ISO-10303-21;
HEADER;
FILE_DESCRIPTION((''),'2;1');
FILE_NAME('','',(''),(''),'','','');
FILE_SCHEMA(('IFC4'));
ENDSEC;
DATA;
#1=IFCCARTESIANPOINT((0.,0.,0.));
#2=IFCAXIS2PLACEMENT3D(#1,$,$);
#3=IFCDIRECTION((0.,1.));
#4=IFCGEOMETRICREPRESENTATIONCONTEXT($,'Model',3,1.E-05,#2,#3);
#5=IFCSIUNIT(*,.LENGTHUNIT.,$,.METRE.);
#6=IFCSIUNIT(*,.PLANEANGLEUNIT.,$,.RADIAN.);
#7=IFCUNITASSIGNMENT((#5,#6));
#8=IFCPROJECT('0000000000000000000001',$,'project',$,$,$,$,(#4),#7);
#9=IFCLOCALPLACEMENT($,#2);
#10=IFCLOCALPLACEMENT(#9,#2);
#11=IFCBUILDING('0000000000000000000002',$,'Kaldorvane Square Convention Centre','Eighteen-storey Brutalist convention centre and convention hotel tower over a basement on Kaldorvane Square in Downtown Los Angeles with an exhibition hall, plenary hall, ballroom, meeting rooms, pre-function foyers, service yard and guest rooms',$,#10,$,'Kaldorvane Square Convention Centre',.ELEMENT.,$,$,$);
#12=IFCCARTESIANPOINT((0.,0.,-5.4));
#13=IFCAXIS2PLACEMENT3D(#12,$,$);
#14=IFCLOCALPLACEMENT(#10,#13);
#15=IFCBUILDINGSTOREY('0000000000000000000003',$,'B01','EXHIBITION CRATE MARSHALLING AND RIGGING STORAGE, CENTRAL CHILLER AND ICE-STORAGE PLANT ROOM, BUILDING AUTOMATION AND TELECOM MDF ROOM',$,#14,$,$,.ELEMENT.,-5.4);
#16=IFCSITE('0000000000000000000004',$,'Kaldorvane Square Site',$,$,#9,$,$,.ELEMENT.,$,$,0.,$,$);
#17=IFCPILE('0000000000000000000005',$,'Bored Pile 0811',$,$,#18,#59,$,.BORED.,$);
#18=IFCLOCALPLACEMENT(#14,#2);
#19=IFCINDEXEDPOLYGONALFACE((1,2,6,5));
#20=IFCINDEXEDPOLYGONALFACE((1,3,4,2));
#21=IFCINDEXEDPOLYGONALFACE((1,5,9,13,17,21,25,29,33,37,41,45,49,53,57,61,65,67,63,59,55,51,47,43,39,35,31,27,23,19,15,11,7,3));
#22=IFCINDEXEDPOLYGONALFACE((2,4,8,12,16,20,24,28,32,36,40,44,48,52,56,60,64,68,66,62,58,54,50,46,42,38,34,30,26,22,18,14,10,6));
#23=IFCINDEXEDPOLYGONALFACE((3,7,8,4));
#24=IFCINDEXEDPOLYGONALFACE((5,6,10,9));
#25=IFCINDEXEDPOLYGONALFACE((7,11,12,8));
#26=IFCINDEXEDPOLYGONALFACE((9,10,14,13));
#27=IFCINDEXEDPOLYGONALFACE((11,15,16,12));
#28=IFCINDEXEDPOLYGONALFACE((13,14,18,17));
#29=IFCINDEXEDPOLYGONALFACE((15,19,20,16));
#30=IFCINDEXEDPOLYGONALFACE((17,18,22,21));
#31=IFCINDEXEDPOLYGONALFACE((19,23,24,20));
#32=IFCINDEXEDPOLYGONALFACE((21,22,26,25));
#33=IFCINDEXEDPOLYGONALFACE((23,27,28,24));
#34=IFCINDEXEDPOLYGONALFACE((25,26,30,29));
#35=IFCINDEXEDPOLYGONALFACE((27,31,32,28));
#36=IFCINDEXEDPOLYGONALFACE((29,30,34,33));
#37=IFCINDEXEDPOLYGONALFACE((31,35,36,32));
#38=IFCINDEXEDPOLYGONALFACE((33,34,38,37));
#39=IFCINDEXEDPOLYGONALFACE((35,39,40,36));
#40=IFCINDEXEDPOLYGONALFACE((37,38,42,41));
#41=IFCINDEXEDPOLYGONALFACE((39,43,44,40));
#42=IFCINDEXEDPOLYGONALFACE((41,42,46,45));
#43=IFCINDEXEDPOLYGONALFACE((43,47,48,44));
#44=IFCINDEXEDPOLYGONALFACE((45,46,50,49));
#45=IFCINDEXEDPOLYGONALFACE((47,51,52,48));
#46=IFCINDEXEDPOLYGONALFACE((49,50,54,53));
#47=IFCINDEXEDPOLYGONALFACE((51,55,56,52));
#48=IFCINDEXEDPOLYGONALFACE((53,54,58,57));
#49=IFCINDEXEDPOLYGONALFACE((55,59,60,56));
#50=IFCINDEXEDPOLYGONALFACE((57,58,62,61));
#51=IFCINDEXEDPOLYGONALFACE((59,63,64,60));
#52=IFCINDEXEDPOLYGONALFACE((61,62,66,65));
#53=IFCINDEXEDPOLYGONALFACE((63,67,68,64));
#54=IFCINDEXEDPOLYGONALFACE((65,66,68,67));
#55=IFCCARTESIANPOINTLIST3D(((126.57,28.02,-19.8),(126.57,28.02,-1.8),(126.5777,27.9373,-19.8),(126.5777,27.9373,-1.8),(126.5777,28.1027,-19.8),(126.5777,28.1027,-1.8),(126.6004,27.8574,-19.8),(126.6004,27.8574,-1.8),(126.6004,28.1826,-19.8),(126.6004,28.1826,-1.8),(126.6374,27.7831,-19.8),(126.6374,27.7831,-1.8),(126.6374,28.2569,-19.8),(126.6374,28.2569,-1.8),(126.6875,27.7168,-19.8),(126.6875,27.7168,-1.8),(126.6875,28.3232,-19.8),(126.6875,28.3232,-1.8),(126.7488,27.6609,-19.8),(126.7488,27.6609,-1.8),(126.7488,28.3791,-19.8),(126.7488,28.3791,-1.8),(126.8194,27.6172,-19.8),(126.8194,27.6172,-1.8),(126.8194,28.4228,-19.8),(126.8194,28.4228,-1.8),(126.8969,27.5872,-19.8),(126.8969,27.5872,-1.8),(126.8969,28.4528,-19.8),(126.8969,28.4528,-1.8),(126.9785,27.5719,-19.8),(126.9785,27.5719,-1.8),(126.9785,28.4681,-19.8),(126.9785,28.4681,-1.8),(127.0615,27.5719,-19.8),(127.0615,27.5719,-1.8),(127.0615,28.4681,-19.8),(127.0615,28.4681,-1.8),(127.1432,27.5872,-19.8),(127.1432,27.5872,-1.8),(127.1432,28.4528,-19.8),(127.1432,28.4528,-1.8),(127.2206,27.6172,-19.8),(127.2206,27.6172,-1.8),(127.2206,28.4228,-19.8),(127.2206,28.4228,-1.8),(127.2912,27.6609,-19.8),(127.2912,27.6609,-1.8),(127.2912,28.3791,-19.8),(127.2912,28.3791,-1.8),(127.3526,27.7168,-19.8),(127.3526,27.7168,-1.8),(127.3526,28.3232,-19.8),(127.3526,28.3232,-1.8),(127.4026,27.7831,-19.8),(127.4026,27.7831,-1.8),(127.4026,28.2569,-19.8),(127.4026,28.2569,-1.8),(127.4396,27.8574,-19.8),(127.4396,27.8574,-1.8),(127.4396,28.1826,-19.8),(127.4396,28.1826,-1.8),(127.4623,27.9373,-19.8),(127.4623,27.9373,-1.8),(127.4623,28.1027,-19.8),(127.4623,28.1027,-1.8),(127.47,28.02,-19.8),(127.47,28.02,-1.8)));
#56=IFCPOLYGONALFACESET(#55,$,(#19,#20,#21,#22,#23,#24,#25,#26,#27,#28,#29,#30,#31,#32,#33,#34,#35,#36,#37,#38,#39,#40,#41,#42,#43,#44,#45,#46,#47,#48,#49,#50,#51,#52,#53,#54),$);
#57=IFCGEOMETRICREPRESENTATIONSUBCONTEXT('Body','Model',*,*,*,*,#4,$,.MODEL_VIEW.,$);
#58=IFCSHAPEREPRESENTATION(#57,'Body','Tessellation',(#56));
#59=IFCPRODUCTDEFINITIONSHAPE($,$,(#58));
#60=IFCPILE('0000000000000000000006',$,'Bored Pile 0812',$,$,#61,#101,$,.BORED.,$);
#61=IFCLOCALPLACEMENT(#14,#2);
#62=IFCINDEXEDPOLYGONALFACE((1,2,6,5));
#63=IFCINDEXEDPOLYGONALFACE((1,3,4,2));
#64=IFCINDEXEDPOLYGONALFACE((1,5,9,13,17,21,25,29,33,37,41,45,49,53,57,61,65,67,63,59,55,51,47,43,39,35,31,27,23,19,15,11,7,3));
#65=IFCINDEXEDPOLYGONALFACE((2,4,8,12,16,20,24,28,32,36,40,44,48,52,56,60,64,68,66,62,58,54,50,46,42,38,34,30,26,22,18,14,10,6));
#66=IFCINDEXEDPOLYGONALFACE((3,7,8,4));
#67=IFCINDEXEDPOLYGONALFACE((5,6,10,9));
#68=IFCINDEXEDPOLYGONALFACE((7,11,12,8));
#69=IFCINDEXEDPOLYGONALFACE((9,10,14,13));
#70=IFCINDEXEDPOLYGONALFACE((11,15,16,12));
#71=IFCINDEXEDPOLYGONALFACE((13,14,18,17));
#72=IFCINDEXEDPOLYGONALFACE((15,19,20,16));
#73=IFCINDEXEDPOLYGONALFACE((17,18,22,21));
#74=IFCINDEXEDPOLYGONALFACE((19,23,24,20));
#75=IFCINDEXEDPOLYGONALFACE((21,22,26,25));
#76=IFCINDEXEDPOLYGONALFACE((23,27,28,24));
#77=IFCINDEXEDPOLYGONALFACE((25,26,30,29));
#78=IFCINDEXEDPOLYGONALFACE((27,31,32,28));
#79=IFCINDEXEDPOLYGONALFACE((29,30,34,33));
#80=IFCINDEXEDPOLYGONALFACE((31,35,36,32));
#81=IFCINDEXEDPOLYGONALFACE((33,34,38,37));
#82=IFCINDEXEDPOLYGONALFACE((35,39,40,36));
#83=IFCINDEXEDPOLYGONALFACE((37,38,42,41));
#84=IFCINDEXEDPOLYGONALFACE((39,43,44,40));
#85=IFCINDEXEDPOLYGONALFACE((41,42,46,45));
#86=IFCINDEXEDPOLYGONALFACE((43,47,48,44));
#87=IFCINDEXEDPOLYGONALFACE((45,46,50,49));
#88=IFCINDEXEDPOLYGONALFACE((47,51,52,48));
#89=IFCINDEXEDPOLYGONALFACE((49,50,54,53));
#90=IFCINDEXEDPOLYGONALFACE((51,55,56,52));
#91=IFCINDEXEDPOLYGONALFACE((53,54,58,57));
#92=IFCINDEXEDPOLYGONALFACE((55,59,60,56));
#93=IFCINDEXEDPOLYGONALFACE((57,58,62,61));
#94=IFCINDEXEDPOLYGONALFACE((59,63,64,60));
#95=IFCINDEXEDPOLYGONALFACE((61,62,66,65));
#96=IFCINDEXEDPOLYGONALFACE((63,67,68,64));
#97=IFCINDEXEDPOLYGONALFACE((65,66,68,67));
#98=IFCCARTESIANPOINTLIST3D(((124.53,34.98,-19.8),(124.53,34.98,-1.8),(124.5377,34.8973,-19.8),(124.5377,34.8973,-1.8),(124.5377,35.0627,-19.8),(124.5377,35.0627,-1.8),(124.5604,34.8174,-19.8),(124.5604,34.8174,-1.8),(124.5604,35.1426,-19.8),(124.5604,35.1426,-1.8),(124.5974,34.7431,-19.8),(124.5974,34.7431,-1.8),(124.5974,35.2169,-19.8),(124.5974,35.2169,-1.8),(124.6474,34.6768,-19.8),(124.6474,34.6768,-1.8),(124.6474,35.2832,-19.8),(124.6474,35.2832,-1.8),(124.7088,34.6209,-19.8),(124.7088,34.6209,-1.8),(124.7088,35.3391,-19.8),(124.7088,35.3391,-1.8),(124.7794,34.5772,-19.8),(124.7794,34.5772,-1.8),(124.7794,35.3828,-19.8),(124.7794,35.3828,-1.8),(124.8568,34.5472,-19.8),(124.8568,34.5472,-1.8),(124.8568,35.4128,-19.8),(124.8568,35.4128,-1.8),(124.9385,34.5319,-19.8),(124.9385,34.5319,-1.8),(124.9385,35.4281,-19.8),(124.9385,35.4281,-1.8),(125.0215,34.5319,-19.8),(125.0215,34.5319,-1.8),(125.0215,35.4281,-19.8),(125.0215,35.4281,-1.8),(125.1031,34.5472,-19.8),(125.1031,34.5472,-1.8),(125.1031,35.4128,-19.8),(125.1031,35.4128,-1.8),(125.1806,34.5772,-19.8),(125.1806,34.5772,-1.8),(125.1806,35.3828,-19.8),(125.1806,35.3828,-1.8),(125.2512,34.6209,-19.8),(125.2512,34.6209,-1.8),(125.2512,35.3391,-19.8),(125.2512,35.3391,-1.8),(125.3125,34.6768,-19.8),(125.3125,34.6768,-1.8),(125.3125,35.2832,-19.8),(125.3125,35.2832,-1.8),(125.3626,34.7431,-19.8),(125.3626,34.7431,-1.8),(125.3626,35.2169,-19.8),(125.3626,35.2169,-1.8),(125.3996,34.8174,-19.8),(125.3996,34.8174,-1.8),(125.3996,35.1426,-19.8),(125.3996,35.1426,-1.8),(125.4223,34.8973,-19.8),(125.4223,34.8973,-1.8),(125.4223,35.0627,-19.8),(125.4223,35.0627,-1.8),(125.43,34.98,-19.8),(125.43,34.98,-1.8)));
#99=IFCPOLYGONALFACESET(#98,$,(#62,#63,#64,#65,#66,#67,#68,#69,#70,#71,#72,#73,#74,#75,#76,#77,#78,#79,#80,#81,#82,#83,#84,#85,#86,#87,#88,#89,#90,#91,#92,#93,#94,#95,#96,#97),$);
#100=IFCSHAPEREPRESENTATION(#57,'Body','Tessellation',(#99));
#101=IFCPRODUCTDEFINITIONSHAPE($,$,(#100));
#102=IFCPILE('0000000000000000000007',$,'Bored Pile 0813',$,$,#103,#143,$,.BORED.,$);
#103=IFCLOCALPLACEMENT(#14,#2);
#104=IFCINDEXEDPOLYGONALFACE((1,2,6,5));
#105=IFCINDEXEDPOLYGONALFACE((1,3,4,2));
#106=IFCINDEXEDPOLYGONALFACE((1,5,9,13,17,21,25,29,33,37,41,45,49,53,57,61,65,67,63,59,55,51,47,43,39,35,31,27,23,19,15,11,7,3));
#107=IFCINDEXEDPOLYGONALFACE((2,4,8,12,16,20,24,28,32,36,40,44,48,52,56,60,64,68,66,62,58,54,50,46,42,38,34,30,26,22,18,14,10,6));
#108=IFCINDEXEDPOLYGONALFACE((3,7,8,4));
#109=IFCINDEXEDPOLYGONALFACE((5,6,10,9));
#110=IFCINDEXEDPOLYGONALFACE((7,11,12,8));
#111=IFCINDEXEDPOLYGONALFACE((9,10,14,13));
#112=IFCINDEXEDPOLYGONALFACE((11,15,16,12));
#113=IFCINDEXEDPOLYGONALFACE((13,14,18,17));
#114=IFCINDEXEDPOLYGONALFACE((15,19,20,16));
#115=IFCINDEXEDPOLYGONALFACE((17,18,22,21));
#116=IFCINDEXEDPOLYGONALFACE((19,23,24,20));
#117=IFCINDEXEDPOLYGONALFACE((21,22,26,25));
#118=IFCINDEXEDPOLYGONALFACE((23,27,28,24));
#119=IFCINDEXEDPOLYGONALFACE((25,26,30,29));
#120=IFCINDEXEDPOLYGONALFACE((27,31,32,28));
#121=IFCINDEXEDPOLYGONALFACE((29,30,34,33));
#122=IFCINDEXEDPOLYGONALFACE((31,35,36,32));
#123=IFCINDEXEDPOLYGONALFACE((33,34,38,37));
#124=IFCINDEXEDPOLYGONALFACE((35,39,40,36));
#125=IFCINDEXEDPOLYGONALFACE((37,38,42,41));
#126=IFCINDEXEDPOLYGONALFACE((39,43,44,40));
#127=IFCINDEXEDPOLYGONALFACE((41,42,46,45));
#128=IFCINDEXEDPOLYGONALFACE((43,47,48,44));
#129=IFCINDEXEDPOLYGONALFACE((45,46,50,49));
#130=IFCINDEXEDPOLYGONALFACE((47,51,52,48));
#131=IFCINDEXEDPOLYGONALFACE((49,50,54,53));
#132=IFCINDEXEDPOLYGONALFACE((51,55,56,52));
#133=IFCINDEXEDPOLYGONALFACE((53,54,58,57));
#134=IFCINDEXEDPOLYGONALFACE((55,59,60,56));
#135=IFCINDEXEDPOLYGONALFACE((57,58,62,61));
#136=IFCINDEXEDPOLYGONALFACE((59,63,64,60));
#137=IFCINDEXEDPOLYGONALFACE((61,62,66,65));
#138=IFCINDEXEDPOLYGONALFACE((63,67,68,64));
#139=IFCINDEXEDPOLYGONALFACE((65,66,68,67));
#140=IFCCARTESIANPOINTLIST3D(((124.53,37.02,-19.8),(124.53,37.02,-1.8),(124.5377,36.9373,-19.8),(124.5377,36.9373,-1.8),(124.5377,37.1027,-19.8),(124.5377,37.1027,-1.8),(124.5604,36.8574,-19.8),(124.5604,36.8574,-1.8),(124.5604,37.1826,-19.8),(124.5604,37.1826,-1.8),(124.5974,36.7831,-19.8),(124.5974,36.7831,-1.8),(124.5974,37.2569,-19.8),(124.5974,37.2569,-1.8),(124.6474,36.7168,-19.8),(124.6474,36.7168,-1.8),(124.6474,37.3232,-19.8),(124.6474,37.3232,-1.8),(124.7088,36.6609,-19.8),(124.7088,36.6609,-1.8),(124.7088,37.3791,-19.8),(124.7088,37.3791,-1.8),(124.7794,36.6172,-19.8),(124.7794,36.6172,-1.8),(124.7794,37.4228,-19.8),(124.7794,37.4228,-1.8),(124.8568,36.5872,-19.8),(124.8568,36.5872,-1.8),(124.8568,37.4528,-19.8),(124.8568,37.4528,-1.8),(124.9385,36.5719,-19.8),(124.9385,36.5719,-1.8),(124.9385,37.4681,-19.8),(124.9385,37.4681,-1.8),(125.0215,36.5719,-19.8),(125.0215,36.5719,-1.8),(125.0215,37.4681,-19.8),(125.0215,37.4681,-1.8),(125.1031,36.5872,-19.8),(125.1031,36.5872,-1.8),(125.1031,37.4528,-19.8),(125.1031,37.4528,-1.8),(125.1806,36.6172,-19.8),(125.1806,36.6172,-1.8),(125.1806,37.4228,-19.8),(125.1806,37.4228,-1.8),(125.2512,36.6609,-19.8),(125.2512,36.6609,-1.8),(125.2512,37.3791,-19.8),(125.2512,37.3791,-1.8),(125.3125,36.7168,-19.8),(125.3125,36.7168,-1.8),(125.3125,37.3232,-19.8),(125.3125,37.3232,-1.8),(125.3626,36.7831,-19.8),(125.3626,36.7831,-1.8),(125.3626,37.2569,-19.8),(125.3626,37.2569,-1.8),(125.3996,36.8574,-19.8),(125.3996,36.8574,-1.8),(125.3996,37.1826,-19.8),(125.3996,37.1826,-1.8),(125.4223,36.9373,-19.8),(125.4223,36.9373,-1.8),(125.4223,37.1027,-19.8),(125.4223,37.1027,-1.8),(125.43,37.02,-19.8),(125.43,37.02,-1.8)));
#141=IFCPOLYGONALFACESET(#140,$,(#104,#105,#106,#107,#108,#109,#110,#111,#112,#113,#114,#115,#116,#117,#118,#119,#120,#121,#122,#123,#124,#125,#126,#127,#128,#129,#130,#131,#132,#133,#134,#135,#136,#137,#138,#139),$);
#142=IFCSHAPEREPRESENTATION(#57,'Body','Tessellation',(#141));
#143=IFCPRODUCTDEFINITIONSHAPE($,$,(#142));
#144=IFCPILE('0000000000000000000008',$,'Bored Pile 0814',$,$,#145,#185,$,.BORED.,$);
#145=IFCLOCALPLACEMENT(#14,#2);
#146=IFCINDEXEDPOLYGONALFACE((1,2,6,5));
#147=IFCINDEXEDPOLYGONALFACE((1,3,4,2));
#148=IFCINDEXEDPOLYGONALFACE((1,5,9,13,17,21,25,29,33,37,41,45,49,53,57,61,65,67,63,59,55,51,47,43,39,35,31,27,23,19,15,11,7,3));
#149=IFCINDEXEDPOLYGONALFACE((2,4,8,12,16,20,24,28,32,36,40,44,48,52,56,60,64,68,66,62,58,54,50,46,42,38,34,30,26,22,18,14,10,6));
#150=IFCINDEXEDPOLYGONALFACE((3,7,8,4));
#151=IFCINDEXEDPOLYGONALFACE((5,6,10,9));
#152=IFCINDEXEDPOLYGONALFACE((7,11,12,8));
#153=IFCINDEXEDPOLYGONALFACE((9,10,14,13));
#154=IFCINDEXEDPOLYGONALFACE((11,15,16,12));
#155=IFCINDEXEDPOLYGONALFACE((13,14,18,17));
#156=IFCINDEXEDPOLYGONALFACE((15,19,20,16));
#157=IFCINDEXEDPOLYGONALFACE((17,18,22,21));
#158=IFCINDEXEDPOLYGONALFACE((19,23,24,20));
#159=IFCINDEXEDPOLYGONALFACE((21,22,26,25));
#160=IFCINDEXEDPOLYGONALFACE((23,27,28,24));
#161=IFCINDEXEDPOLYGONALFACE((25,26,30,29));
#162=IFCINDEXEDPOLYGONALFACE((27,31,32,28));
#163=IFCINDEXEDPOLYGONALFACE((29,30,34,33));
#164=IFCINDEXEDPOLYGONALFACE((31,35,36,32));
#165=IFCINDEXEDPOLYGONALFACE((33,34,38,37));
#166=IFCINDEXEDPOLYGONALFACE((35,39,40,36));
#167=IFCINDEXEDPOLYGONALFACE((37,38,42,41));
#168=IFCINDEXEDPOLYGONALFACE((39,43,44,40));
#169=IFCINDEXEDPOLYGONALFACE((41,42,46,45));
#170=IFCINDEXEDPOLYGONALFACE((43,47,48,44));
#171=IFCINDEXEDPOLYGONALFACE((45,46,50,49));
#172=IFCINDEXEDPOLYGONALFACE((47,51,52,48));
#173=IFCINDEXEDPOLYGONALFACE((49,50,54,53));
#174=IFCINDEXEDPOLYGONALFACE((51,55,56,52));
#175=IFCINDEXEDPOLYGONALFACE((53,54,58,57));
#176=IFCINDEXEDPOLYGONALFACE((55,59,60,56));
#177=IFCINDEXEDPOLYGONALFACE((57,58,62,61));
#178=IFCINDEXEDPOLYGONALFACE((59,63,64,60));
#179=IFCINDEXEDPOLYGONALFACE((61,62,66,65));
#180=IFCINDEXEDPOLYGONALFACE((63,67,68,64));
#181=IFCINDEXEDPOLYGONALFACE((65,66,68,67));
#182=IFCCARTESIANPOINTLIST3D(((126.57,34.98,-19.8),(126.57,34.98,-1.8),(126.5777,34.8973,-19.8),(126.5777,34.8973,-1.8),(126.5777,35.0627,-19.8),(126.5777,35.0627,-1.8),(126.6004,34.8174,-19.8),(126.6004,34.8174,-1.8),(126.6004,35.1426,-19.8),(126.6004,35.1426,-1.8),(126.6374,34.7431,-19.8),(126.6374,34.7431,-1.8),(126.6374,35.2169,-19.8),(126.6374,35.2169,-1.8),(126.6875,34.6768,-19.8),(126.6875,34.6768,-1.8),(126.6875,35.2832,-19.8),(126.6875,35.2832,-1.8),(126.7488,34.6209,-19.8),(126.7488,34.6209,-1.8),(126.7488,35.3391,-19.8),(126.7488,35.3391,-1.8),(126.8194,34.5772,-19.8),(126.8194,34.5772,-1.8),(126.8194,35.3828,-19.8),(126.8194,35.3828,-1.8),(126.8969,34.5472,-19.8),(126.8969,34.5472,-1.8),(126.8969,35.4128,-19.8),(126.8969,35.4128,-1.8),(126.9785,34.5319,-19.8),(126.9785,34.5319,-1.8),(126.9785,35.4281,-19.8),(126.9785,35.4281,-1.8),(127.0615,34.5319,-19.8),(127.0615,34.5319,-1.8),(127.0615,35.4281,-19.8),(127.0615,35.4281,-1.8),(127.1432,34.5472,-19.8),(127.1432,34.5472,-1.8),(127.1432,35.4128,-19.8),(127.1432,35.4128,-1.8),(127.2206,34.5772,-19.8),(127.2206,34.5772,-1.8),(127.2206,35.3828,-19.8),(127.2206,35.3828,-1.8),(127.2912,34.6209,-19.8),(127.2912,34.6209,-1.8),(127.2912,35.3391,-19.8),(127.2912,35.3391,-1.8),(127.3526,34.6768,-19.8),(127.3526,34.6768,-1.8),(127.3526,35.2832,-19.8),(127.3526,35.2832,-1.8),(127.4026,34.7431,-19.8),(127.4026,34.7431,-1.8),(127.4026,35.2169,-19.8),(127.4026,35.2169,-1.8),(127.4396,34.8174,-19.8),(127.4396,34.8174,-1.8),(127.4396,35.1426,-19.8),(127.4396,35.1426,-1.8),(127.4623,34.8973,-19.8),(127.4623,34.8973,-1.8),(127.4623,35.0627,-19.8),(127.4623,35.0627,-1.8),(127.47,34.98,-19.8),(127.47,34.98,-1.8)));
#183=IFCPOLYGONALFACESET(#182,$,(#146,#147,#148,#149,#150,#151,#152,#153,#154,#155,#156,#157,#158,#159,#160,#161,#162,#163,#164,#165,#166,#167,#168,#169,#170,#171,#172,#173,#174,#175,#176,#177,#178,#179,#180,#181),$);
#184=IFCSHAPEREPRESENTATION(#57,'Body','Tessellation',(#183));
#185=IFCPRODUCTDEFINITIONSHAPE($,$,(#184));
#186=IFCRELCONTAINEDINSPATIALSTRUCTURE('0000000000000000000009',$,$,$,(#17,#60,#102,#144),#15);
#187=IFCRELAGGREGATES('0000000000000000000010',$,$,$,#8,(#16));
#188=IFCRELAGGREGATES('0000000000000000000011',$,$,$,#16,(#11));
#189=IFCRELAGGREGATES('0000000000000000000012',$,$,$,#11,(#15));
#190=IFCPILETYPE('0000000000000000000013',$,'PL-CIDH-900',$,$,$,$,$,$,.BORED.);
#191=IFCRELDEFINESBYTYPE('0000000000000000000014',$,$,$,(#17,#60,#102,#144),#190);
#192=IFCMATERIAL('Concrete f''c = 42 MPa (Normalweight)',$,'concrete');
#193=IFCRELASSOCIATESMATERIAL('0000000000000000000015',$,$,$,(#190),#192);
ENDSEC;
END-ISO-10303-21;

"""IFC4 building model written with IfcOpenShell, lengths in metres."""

from ifc_helpers import new_model, si_unit, direction, frame, origin, origin_2d, place, context, subcontext, project, spatial, circle, extrude, material, material_profile, profile_set, type_object, element, save


model = new_model("IFC4")

# Units and contexts
model_context = context("Model", 3, precision=1e-05, world=origin(), true_north=direction((0.0, 1.0)))
body_context = subcontext(model_context, "Body", "Model", "MODEL_VIEW")
ifc_project = project(units=[si_unit("LENGTHUNIT", "METRE"), si_unit("PLANEANGLEUNIT", "RADIAN")], contexts=[model_context])

# Site, building, storey
site_placement = place(None, origin())
site = spatial("IfcSite", under=ifc_project, at=site_placement, Name="Kaldorvane Square Site", CompositionType="ELEMENT", RefElevation=0.0)
building_placement = place(site_placement, origin())
building = spatial("IfcBuilding", under=site, at=building_placement, Name="Kaldorvane Square Convention Centre", Description="Eighteen-storey Brutalist convention centre and convention hotel tower over a basement on Kaldorvane Square in Downtown Los Angeles with an exhibition hall, plenary hall, ballroom, meeting rooms, pre-function foyers, service yard and guest rooms", LongName="Kaldorvane Square Convention Centre", CompositionType="ELEMENT")
storey_placement = place(building_placement, frame((0.0, 0.0, -5.4)))
storey = spatial("IfcBuildingStorey", under=building, at=storey_placement, Name="B01", Description="EXHIBITION CRATE MARSHALLING AND RIGGING STORAGE, CENTRAL CHILLER AND ICE-STORAGE PLANT ROOM, BUILDING AUTOMATION AND TELECOM MDF ROOM", CompositionType="ELEMENT", Elevation=-5.4)

# Shared definitions
ifc_material_1 = material(Name="Concrete f'c = 42 MPa (Normalweight)", Category="concrete")

# Piles
ifc_material_profile_1 = material_profile(ifc_material_1, circle(Radius=0.45, at=origin_2d()), Name="PILE-D900")
ifc_profile_set_1 = profile_set([ifc_material_profile_1], Name="Concrete f'c = 42 MPa (Normalweight)")
pile_type_1 = type_object("IfcPileType", Name="PL-CIDH-900", PredefinedType="BORED", material=ifc_profile_set_1)
for number, where, z_axis, x_axis, name in (
    (1, (127.02, 28.02, -1.8), (0.0, 0.0, -1.0), (1.0, 0.0, 0.0), "Bored Pile 0811"),
    (2, (124.98, 34.98, -1.8), (0.0, 0.0, -1.0), (1.0, 0.0, 0.0), "Bored Pile 0812"),
    (3, (124.98, 37.02, -1.8), (0.0, 0.0, -1.0), (1.0, 0.0, 0.0), "Bored Pile 0813"),
    (4, (127.02, 34.98, -1.8), (0.0, 0.0, -1.0), (1.0, 0.0, 0.0), "Bored Pile 0814"),
):
    element("IfcPile", number, at=place(storey_placement, frame(where, z_axis=z_axis, x_axis=x_axis)), inside=storey, type_object=pile_type_1, Name=name, PredefinedType="BORED", context=body_context, shape_type="SweptSolid", body=[
        extrude(circle(Radius=0.45, at=origin_2d()), origin(), (0.0, 0.0, 1.0), 18.0),
    ])

save(model, "model.ifc")
